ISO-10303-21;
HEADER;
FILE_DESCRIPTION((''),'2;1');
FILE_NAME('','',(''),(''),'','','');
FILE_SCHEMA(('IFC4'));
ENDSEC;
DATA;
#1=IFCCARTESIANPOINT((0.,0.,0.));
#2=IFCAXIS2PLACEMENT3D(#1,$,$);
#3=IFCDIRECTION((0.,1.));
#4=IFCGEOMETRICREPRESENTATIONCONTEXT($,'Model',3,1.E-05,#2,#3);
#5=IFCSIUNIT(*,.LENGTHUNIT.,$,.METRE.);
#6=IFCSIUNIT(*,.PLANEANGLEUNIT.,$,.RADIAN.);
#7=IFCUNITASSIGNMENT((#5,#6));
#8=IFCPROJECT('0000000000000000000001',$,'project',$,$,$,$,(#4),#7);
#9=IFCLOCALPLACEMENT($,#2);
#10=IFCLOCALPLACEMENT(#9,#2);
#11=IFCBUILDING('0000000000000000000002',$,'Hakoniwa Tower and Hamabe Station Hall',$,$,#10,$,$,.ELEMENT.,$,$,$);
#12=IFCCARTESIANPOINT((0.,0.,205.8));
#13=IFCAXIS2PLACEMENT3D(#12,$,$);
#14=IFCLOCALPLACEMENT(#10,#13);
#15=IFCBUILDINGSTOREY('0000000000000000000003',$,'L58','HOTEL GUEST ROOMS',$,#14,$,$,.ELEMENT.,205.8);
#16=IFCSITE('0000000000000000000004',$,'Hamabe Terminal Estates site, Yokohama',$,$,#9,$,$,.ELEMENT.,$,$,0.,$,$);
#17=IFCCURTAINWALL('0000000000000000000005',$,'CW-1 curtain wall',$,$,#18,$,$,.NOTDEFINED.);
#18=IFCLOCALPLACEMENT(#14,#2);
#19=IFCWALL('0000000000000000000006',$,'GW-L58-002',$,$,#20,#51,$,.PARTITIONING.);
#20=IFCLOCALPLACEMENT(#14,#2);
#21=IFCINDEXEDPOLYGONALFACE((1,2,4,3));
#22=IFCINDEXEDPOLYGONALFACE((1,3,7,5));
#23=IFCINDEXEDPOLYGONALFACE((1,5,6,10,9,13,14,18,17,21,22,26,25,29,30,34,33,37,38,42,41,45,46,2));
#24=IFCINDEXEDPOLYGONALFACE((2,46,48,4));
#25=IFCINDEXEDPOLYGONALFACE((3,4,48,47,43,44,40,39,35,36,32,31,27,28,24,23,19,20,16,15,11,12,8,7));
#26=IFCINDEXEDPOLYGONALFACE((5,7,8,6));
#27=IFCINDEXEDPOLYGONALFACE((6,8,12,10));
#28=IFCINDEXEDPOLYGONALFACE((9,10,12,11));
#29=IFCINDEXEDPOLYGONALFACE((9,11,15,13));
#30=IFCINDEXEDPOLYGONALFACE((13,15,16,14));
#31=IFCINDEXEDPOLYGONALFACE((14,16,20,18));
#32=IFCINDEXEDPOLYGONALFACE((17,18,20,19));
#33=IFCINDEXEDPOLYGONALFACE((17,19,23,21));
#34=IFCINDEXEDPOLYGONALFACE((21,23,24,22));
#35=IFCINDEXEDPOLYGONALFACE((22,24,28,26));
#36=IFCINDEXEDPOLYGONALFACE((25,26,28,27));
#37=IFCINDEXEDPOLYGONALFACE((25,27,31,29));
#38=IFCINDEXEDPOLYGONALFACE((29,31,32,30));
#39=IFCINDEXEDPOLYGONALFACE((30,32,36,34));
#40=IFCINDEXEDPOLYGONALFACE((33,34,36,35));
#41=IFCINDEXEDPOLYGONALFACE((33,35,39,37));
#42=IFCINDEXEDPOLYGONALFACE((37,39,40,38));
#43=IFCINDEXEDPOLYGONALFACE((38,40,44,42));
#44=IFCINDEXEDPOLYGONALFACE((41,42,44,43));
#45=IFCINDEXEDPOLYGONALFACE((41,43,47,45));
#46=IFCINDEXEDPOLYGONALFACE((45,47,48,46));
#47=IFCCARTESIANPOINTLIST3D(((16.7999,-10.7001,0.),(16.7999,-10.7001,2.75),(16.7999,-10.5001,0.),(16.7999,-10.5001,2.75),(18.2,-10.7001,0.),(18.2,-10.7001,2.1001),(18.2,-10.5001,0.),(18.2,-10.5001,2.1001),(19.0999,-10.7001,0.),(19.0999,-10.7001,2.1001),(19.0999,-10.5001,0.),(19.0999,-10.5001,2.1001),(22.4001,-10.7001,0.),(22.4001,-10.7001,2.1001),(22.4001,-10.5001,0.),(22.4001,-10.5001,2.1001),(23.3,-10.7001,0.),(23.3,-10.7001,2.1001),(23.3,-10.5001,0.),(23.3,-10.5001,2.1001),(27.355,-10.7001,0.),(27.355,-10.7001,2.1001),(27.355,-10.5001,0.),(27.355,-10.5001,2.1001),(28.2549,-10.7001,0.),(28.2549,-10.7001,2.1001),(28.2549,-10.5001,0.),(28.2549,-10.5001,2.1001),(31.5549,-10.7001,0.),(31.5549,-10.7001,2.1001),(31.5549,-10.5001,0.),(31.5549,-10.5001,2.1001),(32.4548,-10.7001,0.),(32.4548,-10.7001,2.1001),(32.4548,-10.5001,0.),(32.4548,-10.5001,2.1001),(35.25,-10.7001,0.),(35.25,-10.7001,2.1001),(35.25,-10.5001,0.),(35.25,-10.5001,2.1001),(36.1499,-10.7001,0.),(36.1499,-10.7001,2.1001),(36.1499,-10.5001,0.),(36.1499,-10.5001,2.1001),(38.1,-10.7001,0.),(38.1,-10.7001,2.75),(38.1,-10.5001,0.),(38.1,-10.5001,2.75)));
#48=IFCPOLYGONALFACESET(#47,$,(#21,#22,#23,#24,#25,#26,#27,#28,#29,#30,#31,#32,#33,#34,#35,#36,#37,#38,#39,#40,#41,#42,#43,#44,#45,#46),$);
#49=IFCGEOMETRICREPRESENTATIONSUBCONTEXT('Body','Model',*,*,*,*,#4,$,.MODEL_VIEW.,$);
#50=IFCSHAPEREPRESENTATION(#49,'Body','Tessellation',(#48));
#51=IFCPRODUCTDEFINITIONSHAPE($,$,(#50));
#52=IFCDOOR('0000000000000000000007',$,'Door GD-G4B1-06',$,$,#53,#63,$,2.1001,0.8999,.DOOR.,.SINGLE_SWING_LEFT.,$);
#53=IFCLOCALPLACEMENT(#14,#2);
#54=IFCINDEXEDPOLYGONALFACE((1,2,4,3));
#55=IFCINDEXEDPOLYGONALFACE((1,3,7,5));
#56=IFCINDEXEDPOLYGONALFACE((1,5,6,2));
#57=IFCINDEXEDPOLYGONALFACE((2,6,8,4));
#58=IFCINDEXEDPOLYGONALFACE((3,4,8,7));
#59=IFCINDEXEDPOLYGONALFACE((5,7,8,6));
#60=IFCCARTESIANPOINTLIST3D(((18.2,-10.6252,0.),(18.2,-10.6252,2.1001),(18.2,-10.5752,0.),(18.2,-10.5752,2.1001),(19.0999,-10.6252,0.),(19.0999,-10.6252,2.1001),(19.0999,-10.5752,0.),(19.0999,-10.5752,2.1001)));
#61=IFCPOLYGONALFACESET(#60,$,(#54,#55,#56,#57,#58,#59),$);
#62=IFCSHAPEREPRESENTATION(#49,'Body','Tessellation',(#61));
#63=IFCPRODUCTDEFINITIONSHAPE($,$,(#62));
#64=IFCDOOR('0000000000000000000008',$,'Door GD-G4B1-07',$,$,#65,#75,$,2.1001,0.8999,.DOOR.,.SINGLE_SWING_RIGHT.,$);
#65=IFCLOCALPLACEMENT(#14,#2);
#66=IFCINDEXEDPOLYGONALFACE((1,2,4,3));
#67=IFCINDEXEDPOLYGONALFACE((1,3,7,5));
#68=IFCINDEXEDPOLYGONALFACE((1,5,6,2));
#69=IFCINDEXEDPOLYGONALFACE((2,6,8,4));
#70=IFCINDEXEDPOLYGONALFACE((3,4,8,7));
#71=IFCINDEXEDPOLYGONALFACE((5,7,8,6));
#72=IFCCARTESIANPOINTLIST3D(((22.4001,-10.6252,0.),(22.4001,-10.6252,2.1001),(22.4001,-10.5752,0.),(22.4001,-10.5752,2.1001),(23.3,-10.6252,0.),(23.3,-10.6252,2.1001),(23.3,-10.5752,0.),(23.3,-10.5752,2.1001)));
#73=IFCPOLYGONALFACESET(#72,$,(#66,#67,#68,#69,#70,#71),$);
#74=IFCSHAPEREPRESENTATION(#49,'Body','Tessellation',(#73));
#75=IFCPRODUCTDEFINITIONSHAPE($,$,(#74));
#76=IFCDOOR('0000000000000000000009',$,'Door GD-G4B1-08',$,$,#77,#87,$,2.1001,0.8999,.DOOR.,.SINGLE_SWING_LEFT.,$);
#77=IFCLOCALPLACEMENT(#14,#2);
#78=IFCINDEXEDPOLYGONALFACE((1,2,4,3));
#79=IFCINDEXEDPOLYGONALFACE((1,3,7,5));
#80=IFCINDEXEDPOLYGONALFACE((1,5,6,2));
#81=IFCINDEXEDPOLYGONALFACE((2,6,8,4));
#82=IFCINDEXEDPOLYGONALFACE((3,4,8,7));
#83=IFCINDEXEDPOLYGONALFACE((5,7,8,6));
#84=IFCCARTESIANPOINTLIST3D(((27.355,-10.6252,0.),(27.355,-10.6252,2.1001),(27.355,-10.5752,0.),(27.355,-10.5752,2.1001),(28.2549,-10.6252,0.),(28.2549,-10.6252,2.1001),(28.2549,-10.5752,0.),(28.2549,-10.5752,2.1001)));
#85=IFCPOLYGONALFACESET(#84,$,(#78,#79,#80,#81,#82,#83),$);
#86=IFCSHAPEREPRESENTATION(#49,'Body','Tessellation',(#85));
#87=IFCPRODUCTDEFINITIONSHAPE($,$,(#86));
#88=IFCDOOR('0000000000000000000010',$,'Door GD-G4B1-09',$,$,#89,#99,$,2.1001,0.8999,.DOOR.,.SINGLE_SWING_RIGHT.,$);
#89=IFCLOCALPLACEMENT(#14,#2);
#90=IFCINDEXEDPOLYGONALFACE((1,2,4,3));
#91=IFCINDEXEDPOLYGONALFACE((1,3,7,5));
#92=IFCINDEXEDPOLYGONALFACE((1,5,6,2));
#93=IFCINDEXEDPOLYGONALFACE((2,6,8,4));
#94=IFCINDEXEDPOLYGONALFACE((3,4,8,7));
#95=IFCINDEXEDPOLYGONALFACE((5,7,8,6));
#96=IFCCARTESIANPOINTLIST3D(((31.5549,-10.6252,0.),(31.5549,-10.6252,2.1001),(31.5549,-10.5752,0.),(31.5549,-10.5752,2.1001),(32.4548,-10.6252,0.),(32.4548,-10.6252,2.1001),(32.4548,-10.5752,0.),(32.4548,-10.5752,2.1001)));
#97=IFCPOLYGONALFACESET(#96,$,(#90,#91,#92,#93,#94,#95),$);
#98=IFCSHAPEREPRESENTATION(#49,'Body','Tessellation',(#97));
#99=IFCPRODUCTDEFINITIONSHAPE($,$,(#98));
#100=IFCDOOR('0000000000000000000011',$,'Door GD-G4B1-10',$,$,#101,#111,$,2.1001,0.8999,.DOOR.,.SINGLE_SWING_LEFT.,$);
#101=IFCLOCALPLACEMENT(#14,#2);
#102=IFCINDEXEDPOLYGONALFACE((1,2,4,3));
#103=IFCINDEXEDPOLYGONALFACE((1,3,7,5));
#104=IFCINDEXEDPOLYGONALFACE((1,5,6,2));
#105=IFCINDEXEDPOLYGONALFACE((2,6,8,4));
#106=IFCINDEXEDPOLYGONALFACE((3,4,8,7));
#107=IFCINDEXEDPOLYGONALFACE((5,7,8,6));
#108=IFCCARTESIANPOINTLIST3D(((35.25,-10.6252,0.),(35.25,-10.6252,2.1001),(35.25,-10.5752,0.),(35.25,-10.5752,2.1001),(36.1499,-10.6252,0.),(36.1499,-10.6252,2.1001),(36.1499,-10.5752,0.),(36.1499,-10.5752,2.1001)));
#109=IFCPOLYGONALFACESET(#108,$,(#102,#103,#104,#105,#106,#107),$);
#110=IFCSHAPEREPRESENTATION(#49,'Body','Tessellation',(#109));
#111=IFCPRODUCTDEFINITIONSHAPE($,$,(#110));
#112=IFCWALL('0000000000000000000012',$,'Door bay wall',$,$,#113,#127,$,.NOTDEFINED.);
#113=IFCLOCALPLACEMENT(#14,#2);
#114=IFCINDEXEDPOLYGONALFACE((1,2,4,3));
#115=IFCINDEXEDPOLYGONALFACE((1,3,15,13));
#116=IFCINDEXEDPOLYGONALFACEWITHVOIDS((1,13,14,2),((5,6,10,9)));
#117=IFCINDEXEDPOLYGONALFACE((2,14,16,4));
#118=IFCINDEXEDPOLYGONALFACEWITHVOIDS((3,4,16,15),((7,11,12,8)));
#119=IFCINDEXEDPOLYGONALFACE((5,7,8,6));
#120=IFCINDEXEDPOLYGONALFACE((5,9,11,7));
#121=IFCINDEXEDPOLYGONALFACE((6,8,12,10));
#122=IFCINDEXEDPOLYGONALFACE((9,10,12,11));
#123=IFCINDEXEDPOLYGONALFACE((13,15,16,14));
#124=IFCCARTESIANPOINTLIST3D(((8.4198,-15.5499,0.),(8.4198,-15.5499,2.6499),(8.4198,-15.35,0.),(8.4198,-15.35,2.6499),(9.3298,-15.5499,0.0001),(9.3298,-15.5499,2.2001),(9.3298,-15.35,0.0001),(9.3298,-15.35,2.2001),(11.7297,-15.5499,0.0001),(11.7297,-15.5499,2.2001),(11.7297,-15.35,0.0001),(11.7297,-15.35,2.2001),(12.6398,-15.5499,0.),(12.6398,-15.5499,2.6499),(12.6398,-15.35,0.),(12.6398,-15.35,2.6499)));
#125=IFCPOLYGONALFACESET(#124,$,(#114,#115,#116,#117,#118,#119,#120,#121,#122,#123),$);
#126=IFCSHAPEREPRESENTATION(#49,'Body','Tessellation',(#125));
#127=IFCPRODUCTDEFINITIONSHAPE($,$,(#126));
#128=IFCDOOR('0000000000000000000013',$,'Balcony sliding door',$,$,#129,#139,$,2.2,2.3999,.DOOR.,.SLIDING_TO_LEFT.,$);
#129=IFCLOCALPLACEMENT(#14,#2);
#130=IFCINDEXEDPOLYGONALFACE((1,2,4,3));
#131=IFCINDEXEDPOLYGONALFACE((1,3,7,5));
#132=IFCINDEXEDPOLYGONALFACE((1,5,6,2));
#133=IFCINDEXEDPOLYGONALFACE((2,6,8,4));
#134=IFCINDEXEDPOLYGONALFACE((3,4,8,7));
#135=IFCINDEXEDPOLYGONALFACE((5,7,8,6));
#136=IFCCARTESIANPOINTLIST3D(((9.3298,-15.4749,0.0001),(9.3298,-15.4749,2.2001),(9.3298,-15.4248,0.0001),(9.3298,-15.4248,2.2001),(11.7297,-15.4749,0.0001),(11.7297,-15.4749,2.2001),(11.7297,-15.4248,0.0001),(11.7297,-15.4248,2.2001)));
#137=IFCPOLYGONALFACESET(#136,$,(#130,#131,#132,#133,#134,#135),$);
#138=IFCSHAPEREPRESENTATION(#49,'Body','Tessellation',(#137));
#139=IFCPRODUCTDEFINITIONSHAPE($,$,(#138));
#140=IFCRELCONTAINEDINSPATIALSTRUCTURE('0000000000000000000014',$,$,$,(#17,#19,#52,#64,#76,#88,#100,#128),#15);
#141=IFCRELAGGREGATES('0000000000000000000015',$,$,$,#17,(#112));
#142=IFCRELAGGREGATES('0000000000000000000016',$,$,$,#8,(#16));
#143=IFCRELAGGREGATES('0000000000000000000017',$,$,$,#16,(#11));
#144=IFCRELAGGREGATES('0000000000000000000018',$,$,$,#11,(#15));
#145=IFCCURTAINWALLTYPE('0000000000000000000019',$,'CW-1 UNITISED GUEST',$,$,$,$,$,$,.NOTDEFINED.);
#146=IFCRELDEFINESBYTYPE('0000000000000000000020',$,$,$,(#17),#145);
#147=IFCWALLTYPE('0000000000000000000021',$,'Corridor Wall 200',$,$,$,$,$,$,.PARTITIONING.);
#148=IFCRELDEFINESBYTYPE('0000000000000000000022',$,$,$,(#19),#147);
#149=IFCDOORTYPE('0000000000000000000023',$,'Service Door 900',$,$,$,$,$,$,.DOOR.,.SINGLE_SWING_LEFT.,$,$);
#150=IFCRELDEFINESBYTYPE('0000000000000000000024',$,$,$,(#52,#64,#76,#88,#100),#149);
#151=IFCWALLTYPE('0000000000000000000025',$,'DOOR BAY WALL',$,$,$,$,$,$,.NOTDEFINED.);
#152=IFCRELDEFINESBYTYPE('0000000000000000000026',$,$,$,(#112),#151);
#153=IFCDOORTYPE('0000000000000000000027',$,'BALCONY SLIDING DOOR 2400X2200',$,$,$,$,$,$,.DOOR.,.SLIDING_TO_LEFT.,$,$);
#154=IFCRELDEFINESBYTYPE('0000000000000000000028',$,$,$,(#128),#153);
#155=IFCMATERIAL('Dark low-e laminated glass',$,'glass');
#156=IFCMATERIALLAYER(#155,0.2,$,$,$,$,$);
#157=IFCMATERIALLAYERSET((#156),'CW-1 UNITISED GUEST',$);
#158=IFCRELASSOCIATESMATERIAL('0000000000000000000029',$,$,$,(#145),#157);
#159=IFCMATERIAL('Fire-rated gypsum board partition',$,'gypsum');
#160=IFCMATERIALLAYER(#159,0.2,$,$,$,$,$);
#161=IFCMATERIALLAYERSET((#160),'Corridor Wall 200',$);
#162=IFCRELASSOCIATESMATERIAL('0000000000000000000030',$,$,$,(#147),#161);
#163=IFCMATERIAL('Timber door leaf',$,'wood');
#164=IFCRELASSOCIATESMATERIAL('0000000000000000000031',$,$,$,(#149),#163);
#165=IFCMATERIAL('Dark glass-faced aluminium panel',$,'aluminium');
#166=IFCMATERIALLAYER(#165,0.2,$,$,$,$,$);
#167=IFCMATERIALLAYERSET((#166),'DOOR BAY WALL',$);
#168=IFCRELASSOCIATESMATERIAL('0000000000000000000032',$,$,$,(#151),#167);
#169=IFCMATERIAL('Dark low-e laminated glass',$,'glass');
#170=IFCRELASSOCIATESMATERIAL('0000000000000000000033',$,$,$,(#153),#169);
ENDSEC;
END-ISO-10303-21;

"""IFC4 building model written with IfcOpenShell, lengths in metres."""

from ifc_helpers import new_model, si_unit, direction, frame, frame_2d, origin, place, context, subcontext, project, spatial, rectangle, extrude, material, layer, layer_set, type_object, element, fill, aggregate, save


model = new_model("IFC4")

# Units and contexts
model_context = context("Model", 3, precision=1e-05, world=origin(), true_north=direction((0.0, 1.0)))
body_context = subcontext(model_context, "Body", "Model", "MODEL_VIEW")
ifc_project = project(units=[si_unit("LENGTHUNIT", "METRE"), si_unit("PLANEANGLEUNIT", "RADIAN")], contexts=[model_context])

# Site, building, storey
site_placement = place(None, origin())
site = spatial("IfcSite", under=ifc_project, at=site_placement, Name="Hamabe Terminal Estates site, Yokohama", CompositionType="ELEMENT", RefElevation=0.0)
building_placement = place(site_placement, origin())
building = spatial("IfcBuilding", under=site, at=building_placement, Name="Hakoniwa Tower and Hamabe Station Hall", CompositionType="ELEMENT")
storey_placement = place(building_placement, frame((0.0, 0.0, 205.8)))
storey = spatial("IfcBuildingStorey", under=building, at=storey_placement, Name="L58", Description="HOTEL GUEST ROOMS", CompositionType="ELEMENT", Elevation=205.8)

# Curtain wall
ifc_material_1 = material(Name="Dark low-e laminated glass", Category="glass")
ifc_layer_1 = layer(ifc_material_1, 0.2)
ifc_layer_set_1 = layer_set([ifc_layer_1], Name="CW-1 UNITISED GUEST")
curtain_wall_type = type_object("IfcCurtainWallType", Name="CW-1 UNITISED GUEST", PredefinedType="NOTDEFINED", material=ifc_layer_set_1)
curtain_wall_placement = place(storey_placement, origin())
curtain_wall = element("IfcCurtainWall", 1, at=curtain_wall_placement, inside=storey, type_object=curtain_wall_type, Name="CW-1 curtain wall", PredefinedType="NOTDEFINED")

# Wall, openings, doors
ifc_material_2 = material(Name="Fire-rated gypsum board partition", Category="gypsum")
ifc_layer_2 = layer(ifc_material_2, 0.2)
ifc_layer_set_2 = layer_set([ifc_layer_2], Name="Corridor Wall 200")
wall_type_1 = type_object("IfcWallType", Name="Corridor Wall 200", PredefinedType="PARTITIONING", material=ifc_layer_set_2)
wall_1_placement = place(storey_placement, frame((16.8, -10.6001, 0.0), z_axis=(0.0, 0.0, 1.0), x_axis=(1.0, 0.0, 0.0)))
wall_1 = element("IfcWall", 2, at=wall_1_placement, inside=storey, type_object=wall_type_1, Name="GW-L58-002", PredefinedType="PARTITIONING", context=body_context, shape_type="SweptSolid", body=[
    extrude(rectangle(XDim=21.3, YDim=0.2, at=frame_2d((10.6499, 0.0))), origin(), (0.0, 0.0, 1.0), 2.75),
])
opening_1_placement = place(wall_1_placement, frame((1.3999, 0.0, 0.0)))
opening_1 = element("IfcOpeningElement", 3, at=opening_1_placement, cuts=wall_1, PredefinedType="OPENING", context=body_context, shape_type="SweptSolid", body=[
    extrude(rectangle(XDim=0.8999, YDim=2.1001, at=frame_2d((0.45, 1.05))), frame((0.0, 0.1099, 0.0), z_axis=(0.0, -1.0, 0.0), x_axis=(1.0, 0.0, 0.0)), (0.0, 0.0, 1.0), 0.22),
])
opening_2_placement = place(wall_1_placement, frame((5.6001, 0.0, 0.0)))
opening_2 = element("IfcOpeningElement", 4, at=opening_2_placement, cuts=wall_1, PredefinedType="OPENING", context=body_context, shape_type="SweptSolid", body=[
    extrude(rectangle(XDim=0.8999, YDim=2.1001, at=frame_2d((0.45, 1.05))), frame((0.0, 0.1099, 0.0), z_axis=(0.0, -1.0, 0.0), x_axis=(1.0, 0.0, 0.0)), (0.0, 0.0, 1.0), 0.22),
])
opening_3_placement = place(wall_1_placement, frame((10.5549, 0.0, 0.0)))
opening_3 = element("IfcOpeningElement", 5, at=opening_3_placement, cuts=wall_1, PredefinedType="OPENING", context=body_context, shape_type="SweptSolid", body=[
    extrude(rectangle(XDim=0.8999, YDim=2.1001, at=frame_2d((0.45, 1.05))), frame((0.0, 0.1099, 0.0), z_axis=(0.0, -1.0, 0.0), x_axis=(1.0, 0.0, 0.0)), (0.0, 0.0, 1.0), 0.22),
])
opening_4_placement = place(wall_1_placement, frame((14.7549, 0.0, 0.0)))
opening_4 = element("IfcOpeningElement", 6, at=opening_4_placement, cuts=wall_1, PredefinedType="OPENING", context=body_context, shape_type="SweptSolid", body=[
    extrude(rectangle(XDim=0.8999, YDim=2.1001, at=frame_2d((0.45, 1.05))), frame((0.0, 0.1099, 0.0), z_axis=(0.0, -1.0, 0.0), x_axis=(1.0, 0.0, 0.0)), (0.0, 0.0, 1.0), 0.22),
])
opening_5_placement = place(wall_1_placement, frame((18.45, 0.0, 0.0)))
opening_5 = element("IfcOpeningElement", 7, at=opening_5_placement, cuts=wall_1, PredefinedType="OPENING", context=body_context, shape_type="SweptSolid", body=[
    extrude(rectangle(XDim=0.8999, YDim=2.1001, at=frame_2d((0.45, 1.05))), frame((0.0, 0.1099, 0.0), z_axis=(0.0, -1.0, 0.0), x_axis=(1.0, 0.0, 0.0)), (0.0, 0.0, 1.0), 0.22),
])
ifc_material_3 = material(Name="Timber door leaf", Category="wood")
door_type_1 = type_object("IfcDoorType", Name="Service Door 900", OperationType="SINGLE_SWING_LEFT", PredefinedType="DOOR", material=ifc_material_3)
door_1_placement = place(opening_1_placement, origin())
door_1 = element("IfcDoor", 8, at=door_1_placement, inside=storey, type_object=door_type_1, Name="Door GD-G4B1-06", OperationType="SINGLE_SWING_LEFT", OverallHeight=2.1001, OverallWidth=0.8999, PredefinedType="DOOR", context=body_context, shape_type="SweptSolid", body=[
    extrude(rectangle(XDim=0.8999, YDim=2.1001, at=frame_2d((0.45, 1.05))), frame((0.0, 0.0249, 0.0), z_axis=(0.0, -1.0, 0.0), x_axis=(1.0, 0.0, 0.0)), (0.0, 0.0, 1.0), 0.05),
])
fill(opening_1, door_1)
door_2_placement = place(opening_2_placement, origin())
door_2 = element("IfcDoor", 9, at=door_2_placement, inside=storey, type_object=door_type_1, Name="Door GD-G4B1-07", OperationType="SINGLE_SWING_RIGHT", OverallHeight=2.1001, OverallWidth=0.8999, PredefinedType="DOOR", context=body_context, shape_type="SweptSolid", body=[
    extrude(rectangle(XDim=0.8999, YDim=2.1001, at=frame_2d((0.45, 1.05))), frame((0.0, 0.0249, 0.0), z_axis=(0.0, -1.0, 0.0), x_axis=(1.0, 0.0, 0.0)), (0.0, 0.0, 1.0), 0.05),
])
fill(opening_2, door_2)
door_3_placement = place(opening_3_placement, origin())
door_3 = element("IfcDoor", 10, at=door_3_placement, inside=storey, type_object=door_type_1, Name="Door GD-G4B1-08", OperationType="SINGLE_SWING_LEFT", OverallHeight=2.1001, OverallWidth=0.8999, PredefinedType="DOOR", context=body_context, shape_type="SweptSolid", body=[
    extrude(rectangle(XDim=0.8999, YDim=2.1001, at=frame_2d((0.45, 1.05))), frame((0.0, 0.0249, 0.0), z_axis=(0.0, -1.0, 0.0), x_axis=(1.0, 0.0, 0.0)), (0.0, 0.0, 1.0), 0.05),
])
fill(opening_3, door_3)
door_4_placement = place(opening_4_placement, origin())
door_4 = element("IfcDoor", 11, at=door_4_placement, inside=storey, type_object=door_type_1, Name="Door GD-G4B1-09", OperationType="SINGLE_SWING_RIGHT", OverallHeight=2.1001, OverallWidth=0.8999, PredefinedType="DOOR", context=body_context, shape_type="SweptSolid", body=[
    extrude(rectangle(XDim=0.8999, YDim=2.1001, at=frame_2d((0.45, 1.05))), frame((0.0, 0.0249, 0.0), z_axis=(0.0, -1.0, 0.0), x_axis=(1.0, 0.0, 0.0)), (0.0, 0.0, 1.0), 0.05),
])
fill(opening_4, door_4)
door_5_placement = place(opening_5_placement, origin())
door_5 = element("IfcDoor", 12, at=door_5_placement, inside=storey, type_object=door_type_1, Name="Door GD-G4B1-10", OperationType="SINGLE_SWING_LEFT", OverallHeight=2.1001, OverallWidth=0.8999, PredefinedType="DOOR", context=body_context, shape_type="SweptSolid", body=[
    extrude(rectangle(XDim=0.8999, YDim=2.1001, at=frame_2d((0.45, 1.05))), frame((0.0, 0.0249, 0.0), z_axis=(0.0, -1.0, 0.0), x_axis=(1.0, 0.0, 0.0)), (0.0, 0.0, 1.0), 0.05),
])
fill(opening_5, door_5)

# Wall, opening, door
ifc_material_4 = material(Name="Dark glass-faced aluminium panel", Category="aluminium")
ifc_layer_3 = layer(ifc_material_4, 0.2)
ifc_layer_set_3 = layer_set([ifc_layer_3], Name="DOOR BAY WALL")
wall_type_2 = type_object("IfcWallType", Name="DOOR BAY WALL", PredefinedType="NOTDEFINED", material=ifc_layer_set_3)
wall_2_placement = place(storey_placement, frame((8.4199, -15.45, 0.0), z_axis=(0.0, 0.0, 1.0), x_axis=(1.0, 0.0, 0.0)))
wall_2 = element("IfcWall", 13, at=wall_2_placement, type_object=wall_type_2, Name="Door bay wall", PredefinedType="NOTDEFINED", context=body_context, shape_type="SweptSolid", body=[
    extrude(rectangle(XDim=4.22, YDim=0.2, at=frame_2d((2.1099, 0.0))), origin(), (0.0, 0.0, 1.0), 2.6499),
])
opening_6_placement = place(wall_2_placement, frame((0.9099, 0.0, 0.0)))
opening_6 = element("IfcOpeningElement", 14, at=opening_6_placement, cuts=wall_2, PredefinedType="OPENING", context=body_context, shape_type="SweptSolid", body=[
    extrude(rectangle(XDim=2.3999, YDim=2.2, at=frame_2d((1.2, 1.1001))), frame((0.0, 0.1099, 0.0), z_axis=(0.0, -1.0, 0.0), x_axis=(1.0, 0.0, 0.0)), (0.0, 0.0, 1.0), 0.22),
])
ifc_material_5 = material(Name="Dark low-e laminated glass", Category="glass")
door_type_2 = type_object("IfcDoorType", Name="BALCONY SLIDING DOOR 2400X2200", OperationType="SLIDING_TO_LEFT", PredefinedType="DOOR", material=ifc_material_5)
door_6_placement = place(opening_6_placement, frame((2.3999, 0.0, 0.0), z_axis=(0.0, 0.0, 1.0), x_axis=(-1.0, 0.0, 0.0)))
door_6 = element("IfcDoor", 15, at=door_6_placement, inside=storey, type_object=door_type_2, Name="Balcony sliding door", OperationType="SLIDING_TO_LEFT", OverallHeight=2.2, OverallWidth=2.3999, PredefinedType="DOOR", context=body_context, shape_type="SweptSolid", body=[
    extrude(rectangle(XDim=2.3999, YDim=2.2, at=frame_2d((1.2, 1.1001))), frame((0.0, 0.0249, 0.0), z_axis=(0.0, -1.0, 0.0), x_axis=(1.0, 0.0, 0.0)), (0.0, 0.0, 1.0), 0.05),
])
fill(opening_6, door_6)
aggregate(curtain_wall, [wall_2])

save(model, "model.ifc")
